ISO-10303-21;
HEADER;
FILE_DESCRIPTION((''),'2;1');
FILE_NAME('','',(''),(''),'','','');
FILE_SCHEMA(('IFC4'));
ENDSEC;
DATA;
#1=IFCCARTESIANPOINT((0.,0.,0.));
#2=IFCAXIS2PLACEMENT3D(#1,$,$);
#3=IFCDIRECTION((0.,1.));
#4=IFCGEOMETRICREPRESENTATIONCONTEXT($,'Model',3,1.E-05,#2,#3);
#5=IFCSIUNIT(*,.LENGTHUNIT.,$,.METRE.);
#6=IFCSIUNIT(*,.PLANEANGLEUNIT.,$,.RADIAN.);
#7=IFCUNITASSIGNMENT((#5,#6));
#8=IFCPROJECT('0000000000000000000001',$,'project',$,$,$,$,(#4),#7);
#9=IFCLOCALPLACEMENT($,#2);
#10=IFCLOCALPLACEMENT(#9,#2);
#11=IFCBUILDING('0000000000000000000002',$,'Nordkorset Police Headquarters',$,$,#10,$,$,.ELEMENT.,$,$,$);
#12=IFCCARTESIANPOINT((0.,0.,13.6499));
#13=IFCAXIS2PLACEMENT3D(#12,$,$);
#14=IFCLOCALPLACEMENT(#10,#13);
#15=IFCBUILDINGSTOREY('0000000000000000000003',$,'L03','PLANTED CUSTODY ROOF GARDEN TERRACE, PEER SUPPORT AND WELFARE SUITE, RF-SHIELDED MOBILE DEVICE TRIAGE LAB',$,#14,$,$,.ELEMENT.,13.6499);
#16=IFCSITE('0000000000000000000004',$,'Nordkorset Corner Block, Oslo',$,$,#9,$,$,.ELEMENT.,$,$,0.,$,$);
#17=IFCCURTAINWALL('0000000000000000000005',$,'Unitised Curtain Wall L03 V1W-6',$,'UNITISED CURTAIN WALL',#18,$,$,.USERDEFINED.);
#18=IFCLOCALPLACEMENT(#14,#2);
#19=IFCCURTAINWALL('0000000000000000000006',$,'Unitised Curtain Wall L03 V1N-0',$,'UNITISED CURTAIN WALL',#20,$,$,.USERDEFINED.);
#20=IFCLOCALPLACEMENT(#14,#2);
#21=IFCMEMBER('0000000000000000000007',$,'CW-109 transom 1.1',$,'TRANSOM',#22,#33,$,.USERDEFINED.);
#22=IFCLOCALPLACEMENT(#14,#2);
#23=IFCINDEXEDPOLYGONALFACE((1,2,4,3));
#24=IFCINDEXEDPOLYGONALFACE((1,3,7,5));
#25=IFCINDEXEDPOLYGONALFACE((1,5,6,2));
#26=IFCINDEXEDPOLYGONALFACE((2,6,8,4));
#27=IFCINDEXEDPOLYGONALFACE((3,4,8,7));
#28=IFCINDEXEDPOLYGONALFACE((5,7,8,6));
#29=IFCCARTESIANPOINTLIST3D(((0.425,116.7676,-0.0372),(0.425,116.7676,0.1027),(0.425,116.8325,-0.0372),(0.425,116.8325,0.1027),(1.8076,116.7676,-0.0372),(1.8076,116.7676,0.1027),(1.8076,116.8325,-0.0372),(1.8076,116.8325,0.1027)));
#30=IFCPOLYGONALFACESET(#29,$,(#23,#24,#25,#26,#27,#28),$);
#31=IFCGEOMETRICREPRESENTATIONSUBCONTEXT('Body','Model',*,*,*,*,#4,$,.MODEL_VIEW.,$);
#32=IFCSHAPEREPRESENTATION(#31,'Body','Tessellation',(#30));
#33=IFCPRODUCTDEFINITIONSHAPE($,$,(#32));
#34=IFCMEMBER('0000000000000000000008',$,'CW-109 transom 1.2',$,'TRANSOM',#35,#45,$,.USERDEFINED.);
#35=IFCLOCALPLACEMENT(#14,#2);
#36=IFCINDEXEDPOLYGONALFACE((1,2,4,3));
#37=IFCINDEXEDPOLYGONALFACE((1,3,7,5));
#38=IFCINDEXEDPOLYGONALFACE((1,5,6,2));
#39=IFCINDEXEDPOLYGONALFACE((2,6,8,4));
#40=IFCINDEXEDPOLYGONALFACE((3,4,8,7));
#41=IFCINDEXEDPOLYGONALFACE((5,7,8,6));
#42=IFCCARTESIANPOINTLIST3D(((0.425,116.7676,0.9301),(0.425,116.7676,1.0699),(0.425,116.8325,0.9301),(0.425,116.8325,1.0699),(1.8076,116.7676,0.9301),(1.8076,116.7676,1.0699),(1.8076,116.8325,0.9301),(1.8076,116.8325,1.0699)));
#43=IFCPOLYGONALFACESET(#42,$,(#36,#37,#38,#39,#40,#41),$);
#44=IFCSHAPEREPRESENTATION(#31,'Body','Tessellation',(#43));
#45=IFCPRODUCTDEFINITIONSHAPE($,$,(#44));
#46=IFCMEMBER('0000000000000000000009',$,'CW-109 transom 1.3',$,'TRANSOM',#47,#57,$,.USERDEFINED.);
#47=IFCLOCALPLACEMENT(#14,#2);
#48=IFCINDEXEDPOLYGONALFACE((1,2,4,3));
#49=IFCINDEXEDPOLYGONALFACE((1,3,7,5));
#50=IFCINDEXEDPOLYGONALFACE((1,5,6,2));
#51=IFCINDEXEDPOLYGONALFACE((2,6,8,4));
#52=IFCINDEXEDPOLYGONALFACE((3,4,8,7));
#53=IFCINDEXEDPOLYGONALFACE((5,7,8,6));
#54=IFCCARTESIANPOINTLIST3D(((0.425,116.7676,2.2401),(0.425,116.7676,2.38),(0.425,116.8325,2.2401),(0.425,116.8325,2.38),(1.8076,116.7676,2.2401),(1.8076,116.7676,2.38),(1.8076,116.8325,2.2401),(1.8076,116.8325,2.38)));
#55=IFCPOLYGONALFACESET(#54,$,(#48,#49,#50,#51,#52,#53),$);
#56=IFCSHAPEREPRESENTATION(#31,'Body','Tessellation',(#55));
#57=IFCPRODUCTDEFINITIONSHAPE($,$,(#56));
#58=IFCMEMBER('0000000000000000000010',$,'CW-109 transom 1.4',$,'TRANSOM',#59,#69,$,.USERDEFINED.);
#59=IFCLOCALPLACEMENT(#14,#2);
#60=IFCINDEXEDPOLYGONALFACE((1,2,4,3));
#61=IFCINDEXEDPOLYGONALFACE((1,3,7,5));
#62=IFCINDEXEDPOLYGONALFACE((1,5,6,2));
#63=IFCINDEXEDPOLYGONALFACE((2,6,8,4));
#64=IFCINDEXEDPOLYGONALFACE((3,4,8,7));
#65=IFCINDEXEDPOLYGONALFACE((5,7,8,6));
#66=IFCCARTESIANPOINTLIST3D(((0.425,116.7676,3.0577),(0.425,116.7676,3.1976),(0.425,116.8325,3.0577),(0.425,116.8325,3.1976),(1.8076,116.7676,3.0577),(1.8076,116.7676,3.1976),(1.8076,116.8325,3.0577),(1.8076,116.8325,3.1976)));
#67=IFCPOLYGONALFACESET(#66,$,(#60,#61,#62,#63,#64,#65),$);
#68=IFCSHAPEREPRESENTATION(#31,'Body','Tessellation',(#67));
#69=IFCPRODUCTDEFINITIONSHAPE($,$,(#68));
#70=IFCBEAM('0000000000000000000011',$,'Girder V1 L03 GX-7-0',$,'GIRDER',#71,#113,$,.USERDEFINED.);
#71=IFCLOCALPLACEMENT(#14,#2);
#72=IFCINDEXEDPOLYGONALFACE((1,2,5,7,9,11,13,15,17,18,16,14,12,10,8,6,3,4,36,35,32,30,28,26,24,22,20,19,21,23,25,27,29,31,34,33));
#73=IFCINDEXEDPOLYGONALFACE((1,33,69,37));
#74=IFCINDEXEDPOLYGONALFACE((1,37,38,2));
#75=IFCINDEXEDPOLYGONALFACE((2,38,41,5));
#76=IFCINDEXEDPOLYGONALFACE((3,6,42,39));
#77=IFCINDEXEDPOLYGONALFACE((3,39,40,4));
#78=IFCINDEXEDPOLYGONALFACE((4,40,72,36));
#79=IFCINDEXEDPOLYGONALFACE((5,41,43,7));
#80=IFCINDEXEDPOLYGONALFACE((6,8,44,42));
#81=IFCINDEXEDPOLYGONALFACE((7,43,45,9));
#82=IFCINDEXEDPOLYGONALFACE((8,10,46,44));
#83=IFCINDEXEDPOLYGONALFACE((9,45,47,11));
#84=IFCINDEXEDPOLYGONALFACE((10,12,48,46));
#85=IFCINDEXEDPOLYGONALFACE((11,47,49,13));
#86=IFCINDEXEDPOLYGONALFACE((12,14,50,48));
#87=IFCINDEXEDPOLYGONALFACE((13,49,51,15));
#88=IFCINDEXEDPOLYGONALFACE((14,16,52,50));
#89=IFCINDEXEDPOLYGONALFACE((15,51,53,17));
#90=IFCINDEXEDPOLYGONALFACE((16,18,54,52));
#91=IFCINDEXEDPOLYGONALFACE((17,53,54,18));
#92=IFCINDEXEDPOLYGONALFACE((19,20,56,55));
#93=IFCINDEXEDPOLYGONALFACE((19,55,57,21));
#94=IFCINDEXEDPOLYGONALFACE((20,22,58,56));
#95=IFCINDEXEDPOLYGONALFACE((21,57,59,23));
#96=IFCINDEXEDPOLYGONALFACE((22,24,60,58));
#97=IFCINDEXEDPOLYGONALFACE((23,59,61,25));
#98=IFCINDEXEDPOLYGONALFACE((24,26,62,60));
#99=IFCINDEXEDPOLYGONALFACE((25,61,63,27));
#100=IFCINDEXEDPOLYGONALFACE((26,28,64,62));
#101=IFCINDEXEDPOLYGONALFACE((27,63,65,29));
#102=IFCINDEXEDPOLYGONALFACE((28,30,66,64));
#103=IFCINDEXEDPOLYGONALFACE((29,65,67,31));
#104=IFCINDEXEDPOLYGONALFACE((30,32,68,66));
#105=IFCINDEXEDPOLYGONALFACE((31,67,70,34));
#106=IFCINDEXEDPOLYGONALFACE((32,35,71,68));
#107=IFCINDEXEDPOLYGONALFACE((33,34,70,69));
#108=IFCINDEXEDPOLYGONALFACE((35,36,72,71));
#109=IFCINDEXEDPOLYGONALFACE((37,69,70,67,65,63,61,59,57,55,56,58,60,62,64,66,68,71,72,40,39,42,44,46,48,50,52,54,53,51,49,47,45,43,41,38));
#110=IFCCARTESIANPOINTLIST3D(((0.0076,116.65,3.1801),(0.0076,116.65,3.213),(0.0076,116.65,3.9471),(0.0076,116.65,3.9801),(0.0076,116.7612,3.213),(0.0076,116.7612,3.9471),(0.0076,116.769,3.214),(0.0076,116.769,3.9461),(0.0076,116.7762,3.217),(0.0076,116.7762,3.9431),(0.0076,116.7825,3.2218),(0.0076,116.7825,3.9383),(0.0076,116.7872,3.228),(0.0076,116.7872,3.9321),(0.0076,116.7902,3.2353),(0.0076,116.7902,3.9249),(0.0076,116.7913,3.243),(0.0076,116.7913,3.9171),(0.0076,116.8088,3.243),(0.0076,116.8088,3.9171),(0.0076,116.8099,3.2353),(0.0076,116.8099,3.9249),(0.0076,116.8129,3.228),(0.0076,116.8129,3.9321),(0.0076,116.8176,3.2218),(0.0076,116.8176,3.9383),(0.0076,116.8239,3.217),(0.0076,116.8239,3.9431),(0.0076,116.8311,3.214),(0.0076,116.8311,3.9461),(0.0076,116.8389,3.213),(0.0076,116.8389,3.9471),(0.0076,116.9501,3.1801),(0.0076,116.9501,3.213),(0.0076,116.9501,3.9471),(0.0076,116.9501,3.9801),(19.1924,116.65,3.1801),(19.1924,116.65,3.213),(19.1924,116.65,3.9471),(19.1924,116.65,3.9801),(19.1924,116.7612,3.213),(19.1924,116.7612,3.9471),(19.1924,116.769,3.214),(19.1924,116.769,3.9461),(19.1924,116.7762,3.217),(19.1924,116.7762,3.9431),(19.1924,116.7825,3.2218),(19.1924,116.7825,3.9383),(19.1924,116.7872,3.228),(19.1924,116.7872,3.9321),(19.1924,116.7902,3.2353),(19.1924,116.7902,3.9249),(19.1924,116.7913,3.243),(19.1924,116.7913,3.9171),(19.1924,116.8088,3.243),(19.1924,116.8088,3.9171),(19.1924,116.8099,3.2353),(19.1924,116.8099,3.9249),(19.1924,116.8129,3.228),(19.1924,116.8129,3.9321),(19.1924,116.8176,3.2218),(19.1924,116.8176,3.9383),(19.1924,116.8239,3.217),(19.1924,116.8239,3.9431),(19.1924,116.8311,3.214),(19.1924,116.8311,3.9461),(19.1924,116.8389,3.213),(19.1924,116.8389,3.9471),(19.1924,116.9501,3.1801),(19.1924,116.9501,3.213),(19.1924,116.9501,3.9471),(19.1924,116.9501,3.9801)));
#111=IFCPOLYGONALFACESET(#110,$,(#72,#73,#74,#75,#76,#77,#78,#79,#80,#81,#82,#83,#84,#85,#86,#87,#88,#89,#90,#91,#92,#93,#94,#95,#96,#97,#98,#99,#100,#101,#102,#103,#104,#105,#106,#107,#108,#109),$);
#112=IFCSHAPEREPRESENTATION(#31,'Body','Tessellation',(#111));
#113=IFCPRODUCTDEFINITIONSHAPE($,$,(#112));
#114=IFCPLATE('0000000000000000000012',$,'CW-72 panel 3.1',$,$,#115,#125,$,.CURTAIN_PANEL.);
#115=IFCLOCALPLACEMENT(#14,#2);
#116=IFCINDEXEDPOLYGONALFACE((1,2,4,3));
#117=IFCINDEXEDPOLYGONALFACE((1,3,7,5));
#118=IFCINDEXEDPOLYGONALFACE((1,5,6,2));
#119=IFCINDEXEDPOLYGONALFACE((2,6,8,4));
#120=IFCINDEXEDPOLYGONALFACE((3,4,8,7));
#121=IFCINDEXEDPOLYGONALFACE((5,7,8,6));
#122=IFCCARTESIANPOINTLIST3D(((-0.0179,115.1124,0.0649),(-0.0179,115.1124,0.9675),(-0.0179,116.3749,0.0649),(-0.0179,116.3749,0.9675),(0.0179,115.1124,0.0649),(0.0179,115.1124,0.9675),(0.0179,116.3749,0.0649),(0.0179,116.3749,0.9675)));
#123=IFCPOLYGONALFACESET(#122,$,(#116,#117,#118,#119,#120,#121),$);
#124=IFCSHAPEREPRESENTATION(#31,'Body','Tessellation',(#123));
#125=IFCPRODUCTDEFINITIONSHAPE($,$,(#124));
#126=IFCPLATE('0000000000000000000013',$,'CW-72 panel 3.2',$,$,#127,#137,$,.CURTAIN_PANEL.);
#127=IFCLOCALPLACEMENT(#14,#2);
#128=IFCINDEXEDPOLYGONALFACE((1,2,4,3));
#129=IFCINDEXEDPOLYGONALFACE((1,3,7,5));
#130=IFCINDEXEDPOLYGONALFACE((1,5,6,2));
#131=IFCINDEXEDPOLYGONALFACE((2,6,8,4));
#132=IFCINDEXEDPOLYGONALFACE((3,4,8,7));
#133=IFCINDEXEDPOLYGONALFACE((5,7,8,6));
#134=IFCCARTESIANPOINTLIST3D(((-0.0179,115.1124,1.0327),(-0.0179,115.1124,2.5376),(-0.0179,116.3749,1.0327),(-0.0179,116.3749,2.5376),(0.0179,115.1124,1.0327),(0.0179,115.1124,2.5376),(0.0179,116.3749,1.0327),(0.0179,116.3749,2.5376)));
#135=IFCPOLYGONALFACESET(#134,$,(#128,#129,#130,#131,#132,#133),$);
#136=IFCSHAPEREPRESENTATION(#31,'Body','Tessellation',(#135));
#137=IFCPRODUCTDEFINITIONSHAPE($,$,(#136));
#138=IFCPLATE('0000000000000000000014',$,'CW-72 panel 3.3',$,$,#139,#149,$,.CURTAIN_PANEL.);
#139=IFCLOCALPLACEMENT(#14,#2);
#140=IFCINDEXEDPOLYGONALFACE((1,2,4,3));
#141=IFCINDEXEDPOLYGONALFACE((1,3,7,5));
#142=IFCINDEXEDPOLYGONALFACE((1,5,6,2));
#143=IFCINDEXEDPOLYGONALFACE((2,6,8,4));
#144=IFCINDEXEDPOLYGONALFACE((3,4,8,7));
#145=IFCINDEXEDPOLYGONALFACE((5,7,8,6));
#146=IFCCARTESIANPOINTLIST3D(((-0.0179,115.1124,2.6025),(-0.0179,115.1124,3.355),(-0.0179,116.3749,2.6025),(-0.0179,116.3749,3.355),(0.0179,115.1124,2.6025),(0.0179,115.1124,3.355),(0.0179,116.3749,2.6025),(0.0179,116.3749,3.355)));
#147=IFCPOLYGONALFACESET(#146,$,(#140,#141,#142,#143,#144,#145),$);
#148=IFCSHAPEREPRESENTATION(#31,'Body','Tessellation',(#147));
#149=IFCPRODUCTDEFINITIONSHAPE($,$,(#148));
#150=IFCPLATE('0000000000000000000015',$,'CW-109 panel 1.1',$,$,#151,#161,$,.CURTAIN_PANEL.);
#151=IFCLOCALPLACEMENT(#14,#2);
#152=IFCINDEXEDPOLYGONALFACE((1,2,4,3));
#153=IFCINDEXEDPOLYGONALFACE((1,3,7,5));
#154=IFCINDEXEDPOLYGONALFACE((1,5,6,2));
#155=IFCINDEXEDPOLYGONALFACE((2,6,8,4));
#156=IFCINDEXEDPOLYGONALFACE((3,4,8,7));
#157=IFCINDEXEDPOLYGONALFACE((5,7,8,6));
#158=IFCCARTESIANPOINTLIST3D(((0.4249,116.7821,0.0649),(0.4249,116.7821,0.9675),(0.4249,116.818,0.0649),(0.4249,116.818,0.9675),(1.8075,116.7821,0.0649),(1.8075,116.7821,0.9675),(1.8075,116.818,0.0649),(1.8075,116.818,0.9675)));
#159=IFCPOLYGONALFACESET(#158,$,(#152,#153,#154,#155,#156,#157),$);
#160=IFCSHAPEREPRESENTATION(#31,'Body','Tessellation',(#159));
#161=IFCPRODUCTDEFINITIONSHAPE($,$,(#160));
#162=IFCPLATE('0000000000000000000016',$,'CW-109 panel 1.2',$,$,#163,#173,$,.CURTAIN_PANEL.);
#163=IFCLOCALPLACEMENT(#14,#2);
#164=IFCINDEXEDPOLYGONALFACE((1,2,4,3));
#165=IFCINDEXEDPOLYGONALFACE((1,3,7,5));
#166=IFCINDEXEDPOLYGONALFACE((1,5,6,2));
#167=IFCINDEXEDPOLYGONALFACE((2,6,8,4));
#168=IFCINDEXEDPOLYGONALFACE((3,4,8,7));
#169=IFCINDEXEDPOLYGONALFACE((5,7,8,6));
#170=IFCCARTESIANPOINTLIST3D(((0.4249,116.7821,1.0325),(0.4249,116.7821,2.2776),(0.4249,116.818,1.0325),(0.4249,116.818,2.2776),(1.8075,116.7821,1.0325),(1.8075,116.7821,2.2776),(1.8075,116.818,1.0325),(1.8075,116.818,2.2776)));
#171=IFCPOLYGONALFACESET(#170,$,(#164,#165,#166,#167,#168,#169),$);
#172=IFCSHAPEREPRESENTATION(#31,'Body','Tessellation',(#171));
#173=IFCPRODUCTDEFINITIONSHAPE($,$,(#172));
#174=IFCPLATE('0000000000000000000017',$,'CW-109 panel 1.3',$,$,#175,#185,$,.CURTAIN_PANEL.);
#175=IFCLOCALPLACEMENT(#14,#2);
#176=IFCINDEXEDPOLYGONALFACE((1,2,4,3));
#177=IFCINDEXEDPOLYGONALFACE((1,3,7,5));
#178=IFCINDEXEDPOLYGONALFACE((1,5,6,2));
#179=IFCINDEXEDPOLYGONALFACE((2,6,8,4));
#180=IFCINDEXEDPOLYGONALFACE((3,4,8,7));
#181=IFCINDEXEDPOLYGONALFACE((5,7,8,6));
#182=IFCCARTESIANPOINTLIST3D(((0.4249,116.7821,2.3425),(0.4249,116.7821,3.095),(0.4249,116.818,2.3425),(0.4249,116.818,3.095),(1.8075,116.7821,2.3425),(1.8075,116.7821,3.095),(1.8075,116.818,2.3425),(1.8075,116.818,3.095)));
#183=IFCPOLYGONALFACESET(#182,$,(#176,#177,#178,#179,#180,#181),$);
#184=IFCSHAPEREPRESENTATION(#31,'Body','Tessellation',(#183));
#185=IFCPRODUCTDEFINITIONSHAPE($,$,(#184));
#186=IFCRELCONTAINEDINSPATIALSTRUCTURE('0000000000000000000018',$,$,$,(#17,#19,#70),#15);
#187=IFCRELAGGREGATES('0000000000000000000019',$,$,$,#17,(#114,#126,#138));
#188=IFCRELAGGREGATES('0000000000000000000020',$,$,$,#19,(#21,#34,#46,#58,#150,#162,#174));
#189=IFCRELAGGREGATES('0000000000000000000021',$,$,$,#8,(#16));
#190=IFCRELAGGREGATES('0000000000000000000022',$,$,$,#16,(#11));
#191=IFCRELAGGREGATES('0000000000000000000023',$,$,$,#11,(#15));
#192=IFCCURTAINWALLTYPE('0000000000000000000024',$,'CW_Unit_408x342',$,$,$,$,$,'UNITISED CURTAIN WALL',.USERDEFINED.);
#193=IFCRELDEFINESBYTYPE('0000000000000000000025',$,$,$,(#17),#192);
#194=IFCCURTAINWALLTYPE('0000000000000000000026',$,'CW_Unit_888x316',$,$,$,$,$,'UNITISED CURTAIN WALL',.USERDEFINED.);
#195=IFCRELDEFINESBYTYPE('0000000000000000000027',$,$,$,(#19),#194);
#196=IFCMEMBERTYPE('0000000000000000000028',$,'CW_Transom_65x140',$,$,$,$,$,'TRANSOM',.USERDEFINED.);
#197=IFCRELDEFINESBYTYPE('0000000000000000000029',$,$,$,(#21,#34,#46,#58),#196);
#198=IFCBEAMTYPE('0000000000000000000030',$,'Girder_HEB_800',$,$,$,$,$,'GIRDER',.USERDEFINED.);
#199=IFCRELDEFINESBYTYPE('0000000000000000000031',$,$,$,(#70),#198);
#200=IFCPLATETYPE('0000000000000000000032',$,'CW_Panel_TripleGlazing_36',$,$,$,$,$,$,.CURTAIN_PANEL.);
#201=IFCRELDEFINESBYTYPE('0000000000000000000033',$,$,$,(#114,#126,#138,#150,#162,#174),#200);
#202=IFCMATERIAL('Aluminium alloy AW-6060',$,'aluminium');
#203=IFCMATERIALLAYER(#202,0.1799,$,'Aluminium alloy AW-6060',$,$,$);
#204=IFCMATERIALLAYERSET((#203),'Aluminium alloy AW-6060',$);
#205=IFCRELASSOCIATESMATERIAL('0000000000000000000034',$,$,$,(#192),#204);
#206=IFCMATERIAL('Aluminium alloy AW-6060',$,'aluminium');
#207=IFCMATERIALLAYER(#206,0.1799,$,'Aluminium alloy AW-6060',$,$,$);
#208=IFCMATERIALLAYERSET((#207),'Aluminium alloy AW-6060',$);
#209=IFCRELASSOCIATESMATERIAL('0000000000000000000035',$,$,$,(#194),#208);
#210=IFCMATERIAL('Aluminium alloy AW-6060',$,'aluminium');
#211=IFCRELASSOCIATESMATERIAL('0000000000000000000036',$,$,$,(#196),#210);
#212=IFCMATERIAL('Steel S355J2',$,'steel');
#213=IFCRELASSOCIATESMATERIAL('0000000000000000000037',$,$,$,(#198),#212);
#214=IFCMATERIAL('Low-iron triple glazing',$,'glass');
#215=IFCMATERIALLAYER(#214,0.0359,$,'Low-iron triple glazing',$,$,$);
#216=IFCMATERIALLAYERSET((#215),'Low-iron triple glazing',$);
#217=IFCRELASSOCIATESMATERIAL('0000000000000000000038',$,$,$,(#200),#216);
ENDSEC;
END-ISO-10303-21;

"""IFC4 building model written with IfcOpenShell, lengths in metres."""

from ifc_helpers import new_model, si_unit, direction, frame, origin, origin_2d, place, context, subcontext, project, spatial, rectangle, i_section, extrude, material, layer, layer_set, material_profile, profile_set, type_object, element, aggregate, save


model = new_model("IFC4")

# Units and contexts
model_context = context("Model", 3, precision=1e-05, world=origin(), true_north=direction((0.0, 1.0)))
body_context = subcontext(model_context, "Body", "Model", "MODEL_VIEW")
ifc_project = project(units=[si_unit("LENGTHUNIT", "METRE"), si_unit("PLANEANGLEUNIT", "RADIAN")], contexts=[model_context])

# Site, building, storey
site_placement = place(None, origin())
site = spatial("IfcSite", under=ifc_project, at=site_placement, Name="Nordkorset Corner Block, Oslo", CompositionType="ELEMENT", RefElevation=0.0)
building_placement = place(site_placement, origin())
building = spatial("IfcBuilding", under=site, at=building_placement, Name="Nordkorset Police Headquarters", CompositionType="ELEMENT")
storey_placement = place(building_placement, frame((0.0, 0.0, 13.6499)))
storey = spatial("IfcBuildingStorey", under=building, at=storey_placement, Name="L03", Description="PLANTED CUSTODY ROOF GARDEN TERRACE, PEER SUPPORT AND WELFARE SUITE, RF-SHIELDED MOBILE DEVICE TRIAGE LAB", CompositionType="ELEMENT", Elevation=13.6499)

# Curtain wall
ifc_material_1 = material(Name="Aluminium alloy AW-6060", Category="aluminium")
ifc_layer_1 = layer(ifc_material_1, 0.1799, Name="Aluminium alloy AW-6060")
ifc_layer_set_1 = layer_set([ifc_layer_1], Name="Aluminium alloy AW-6060")
curtain_wall_type_1 = type_object("IfcCurtainWallType", Name="CW_Unit_408x342", ElementType="UNITISED CURTAIN WALL", PredefinedType="USERDEFINED", material=ifc_layer_set_1)
curtain_wall_1_placement = place(storey_placement, origin())
curtain_wall_1 = element("IfcCurtainWall", 1, at=curtain_wall_1_placement, inside=storey, type_object=curtain_wall_type_1, Name="Unitised Curtain Wall L03 V1W-6", ObjectType="UNITISED CURTAIN WALL", PredefinedType="USERDEFINED")

# Curtain wall
ifc_material_2 = material(Name="Aluminium alloy AW-6060", Category="aluminium")
ifc_layer_2 = layer(ifc_material_2, 0.1799, Name="Aluminium alloy AW-6060")
ifc_layer_set_2 = layer_set([ifc_layer_2], Name="Aluminium alloy AW-6060")
curtain_wall_type_2 = type_object("IfcCurtainWallType", Name="CW_Unit_888x316", ElementType="UNITISED CURTAIN WALL", PredefinedType="USERDEFINED", material=ifc_layer_set_2)
curtain_wall_2_placement = place(storey_placement, origin())
curtain_wall_2 = element("IfcCurtainWall", 2, at=curtain_wall_2_placement, inside=storey, type_object=curtain_wall_type_2, Name="Unitised Curtain Wall L03 V1N-0", ObjectType="UNITISED CURTAIN WALL", PredefinedType="USERDEFINED")

# Members
ifc_material_3 = material(Name="Aluminium alloy AW-6060", Category="aluminium")
ifc_material_profile_1 = material_profile(ifc_material_3, rectangle(XDim=0.0649, YDim=0.1399, at=origin_2d()), Name="ALU TRAN 65x140")
ifc_profile_set_1 = profile_set([ifc_material_profile_1], Name="Aluminium alloy AW-6060")
member_type_1 = type_object("IfcMemberType", Name="CW_Transom_65x140", ElementType="TRANSOM", PredefinedType="USERDEFINED", material=ifc_profile_set_1)
member_1_placement = place(storey_placement, frame((0.425, 116.8, 0.0327), z_axis=(1.0, 0.0, 0.0), x_axis=(0.0, 1.0, 0.0)))
member_1 = element("IfcMember", 3, at=member_1_placement, type_object=member_type_1, Name="CW-109 transom 1.1", ObjectType="TRANSOM", PredefinedType="USERDEFINED", context=body_context, shape_type="SweptSolid", body=[
    extrude(rectangle(XDim=0.0649, YDim=0.1399, at=origin_2d()), origin(), (0.0, 0.0, 1.0), 1.3826),
])
member_2_placement = place(storey_placement, frame((0.425, 116.8, 1.0), z_axis=(1.0, 0.0, 0.0), x_axis=(0.0, 1.0, 0.0)))
member_2 = element("IfcMember", 4, at=member_2_placement, type_object=member_type_1, Name="CW-109 transom 1.2", ObjectType="TRANSOM", PredefinedType="USERDEFINED", context=body_context, shape_type="SweptSolid", body=[
    extrude(rectangle(XDim=0.0649, YDim=0.1399, at=origin_2d()), origin(), (0.0, 0.0, 1.0), 1.3826),
])
member_3_placement = place(storey_placement, frame((0.425, 116.8, 2.3101), z_axis=(1.0, 0.0, 0.0), x_axis=(0.0, 1.0, 0.0)))
member_3 = element("IfcMember", 5, at=member_3_placement, type_object=member_type_1, Name="CW-109 transom 1.3", ObjectType="TRANSOM", PredefinedType="USERDEFINED", context=body_context, shape_type="SweptSolid", body=[
    extrude(rectangle(XDim=0.0649, YDim=0.1399, at=origin_2d()), origin(), (0.0, 0.0, 1.0), 1.3826),
])
member_4_placement = place(storey_placement, frame((0.425, 116.8, 3.1277), z_axis=(1.0, 0.0, 0.0), x_axis=(0.0, 1.0, 0.0)))
member_4 = element("IfcMember", 6, at=member_4_placement, type_object=member_type_1, Name="CW-109 transom 1.4", ObjectType="TRANSOM", PredefinedType="USERDEFINED", context=body_context, shape_type="SweptSolid", body=[
    extrude(rectangle(XDim=0.0649, YDim=0.1399, at=origin_2d()), origin(), (0.0, 0.0, 1.0), 1.3826),
])

# Beam
ifc_material_4 = material(Name="Steel S355J2", Category="steel")
ifc_material_profile_2 = material_profile(ifc_material_4, i_section(OverallWidth=0.3, OverallDepth=0.8, WebThickness=0.0176, FlangeThickness=0.033, FilletRadius=0.03, at=origin_2d()), Name="HEB 800")
ifc_profile_set_2 = profile_set([ifc_material_profile_2], Name="Steel S355J2")
beam_type_1 = type_object("IfcBeamType", Name="Girder_HEB_800", ElementType="GIRDER", PredefinedType="USERDEFINED", material=ifc_profile_set_2)
beam_1_placement = place(storey_placement, frame((0.0076, 116.8, 3.5801), z_axis=(1.0, 0.0, 0.0), x_axis=(0.0, 1.0, 0.0)))
element("IfcBeam", 7, at=beam_1_placement, inside=storey, type_object=beam_type_1, Name="Girder V1 L03 GX-7-0", ObjectType="GIRDER", PredefinedType="USERDEFINED", context=body_context, shape_type="SweptSolid", body=[
    extrude(i_section(OverallWidth=0.3, OverallDepth=0.8, WebThickness=0.0176, FlangeThickness=0.033, FilletRadius=0.03, at=origin_2d()), origin(), (0.0, 0.0, 1.0), 19.1848),
])

# Plates
ifc_material_5 = material(Name="Low-iron triple glazing", Category="glass")
ifc_layer_3 = layer(ifc_material_5, 0.0359, Name="Low-iron triple glazing")
ifc_layer_set_3 = layer_set([ifc_layer_3], Name="Low-iron triple glazing")
plate_type = type_object("IfcPlateType", Name="CW_Panel_TripleGlazing_36", PredefinedType="CURTAIN_PANEL", material=ifc_layer_set_3)
plate_1_placement = place(storey_placement, frame((0.0, 115.7437, 0.0649), z_axis=(0.0, 0.0, 1.0), x_axis=(0.0, 1.0, 0.0)))
plate_1 = element("IfcPlate", 8, at=plate_1_placement, type_object=plate_type, Name="CW-72 panel 3.1", PredefinedType="CURTAIN_PANEL", context=body_context, shape_type="SweptSolid", body=[
    extrude(rectangle(XDim=1.2625, YDim=0.0359, at=origin_2d()), origin(), (0.0, 0.0, 1.0), 0.9026),
])
plate_2_placement = place(storey_placement, frame((0.0, 115.7437, 1.0327), z_axis=(0.0, 0.0, 1.0), x_axis=(0.0, 1.0, 0.0)))
plate_2 = element("IfcPlate", 9, at=plate_2_placement, type_object=plate_type, Name="CW-72 panel 3.2", PredefinedType="CURTAIN_PANEL", context=body_context, shape_type="SweptSolid", body=[
    extrude(rectangle(XDim=1.2625, YDim=0.0359, at=origin_2d()), origin(), (0.0, 0.0, 1.0), 1.5049),
])
plate_3_placement = place(storey_placement, frame((0.0, 115.7437, 2.6025), z_axis=(0.0, 0.0, 1.0), x_axis=(0.0, 1.0, 0.0)))
plate_3 = element("IfcPlate", 10, at=plate_3_placement, type_object=plate_type, Name="CW-72 panel 3.3", PredefinedType="CURTAIN_PANEL", context=body_context, shape_type="SweptSolid", body=[
    extrude(rectangle(XDim=1.2625, YDim=0.0359, at=origin_2d()), origin(), (0.0, 0.0, 1.0), 0.7524),
])
aggregate(curtain_wall_1, [plate_1, plate_2, plate_3])
plate_4_placement = place(storey_placement, frame((1.1162, 116.8, 0.0649), z_axis=(0.0, 0.0, 1.0), x_axis=(1.0, 0.0, 0.0)))
plate_4 = element("IfcPlate", 11, at=plate_4_placement, type_object=plate_type, Name="CW-109 panel 1.1", PredefinedType="CURTAIN_PANEL", context=body_context, shape_type="SweptSolid", body=[
    extrude(rectangle(XDim=1.3826, YDim=0.0359, at=origin_2d()), origin(), (0.0, 0.0, 1.0), 0.9026),
])
plate_5_placement = place(storey_placement, frame((1.1162, 116.8, 1.0325), z_axis=(0.0, 0.0, 1.0), x_axis=(1.0, 0.0, 0.0)))
plate_5 = element("IfcPlate", 12, at=plate_5_placement, type_object=plate_type, Name="CW-109 panel 1.2", PredefinedType="CURTAIN_PANEL", context=body_context, shape_type="SweptSolid", body=[
    extrude(rectangle(XDim=1.3826, YDim=0.0359, at=origin_2d()), origin(), (0.0, 0.0, 1.0), 1.2451),
])
plate_6_placement = place(storey_placement, frame((1.1162, 116.8, 2.3425), z_axis=(0.0, 0.0, 1.0), x_axis=(1.0, 0.0, 0.0)))
plate_6 = element("IfcPlate", 13, at=plate_6_placement, type_object=plate_type, Name="CW-109 panel 1.3", PredefinedType="CURTAIN_PANEL", context=body_context, shape_type="SweptSolid", body=[
    extrude(rectangle(XDim=1.3826, YDim=0.0359, at=origin_2d()), origin(), (0.0, 0.0, 1.0), 0.7524),
])
aggregate(curtain_wall_2, [member_1, member_2, member_3, member_4, plate_4, plate_5, plate_6])

save(model, "model.ifc")
